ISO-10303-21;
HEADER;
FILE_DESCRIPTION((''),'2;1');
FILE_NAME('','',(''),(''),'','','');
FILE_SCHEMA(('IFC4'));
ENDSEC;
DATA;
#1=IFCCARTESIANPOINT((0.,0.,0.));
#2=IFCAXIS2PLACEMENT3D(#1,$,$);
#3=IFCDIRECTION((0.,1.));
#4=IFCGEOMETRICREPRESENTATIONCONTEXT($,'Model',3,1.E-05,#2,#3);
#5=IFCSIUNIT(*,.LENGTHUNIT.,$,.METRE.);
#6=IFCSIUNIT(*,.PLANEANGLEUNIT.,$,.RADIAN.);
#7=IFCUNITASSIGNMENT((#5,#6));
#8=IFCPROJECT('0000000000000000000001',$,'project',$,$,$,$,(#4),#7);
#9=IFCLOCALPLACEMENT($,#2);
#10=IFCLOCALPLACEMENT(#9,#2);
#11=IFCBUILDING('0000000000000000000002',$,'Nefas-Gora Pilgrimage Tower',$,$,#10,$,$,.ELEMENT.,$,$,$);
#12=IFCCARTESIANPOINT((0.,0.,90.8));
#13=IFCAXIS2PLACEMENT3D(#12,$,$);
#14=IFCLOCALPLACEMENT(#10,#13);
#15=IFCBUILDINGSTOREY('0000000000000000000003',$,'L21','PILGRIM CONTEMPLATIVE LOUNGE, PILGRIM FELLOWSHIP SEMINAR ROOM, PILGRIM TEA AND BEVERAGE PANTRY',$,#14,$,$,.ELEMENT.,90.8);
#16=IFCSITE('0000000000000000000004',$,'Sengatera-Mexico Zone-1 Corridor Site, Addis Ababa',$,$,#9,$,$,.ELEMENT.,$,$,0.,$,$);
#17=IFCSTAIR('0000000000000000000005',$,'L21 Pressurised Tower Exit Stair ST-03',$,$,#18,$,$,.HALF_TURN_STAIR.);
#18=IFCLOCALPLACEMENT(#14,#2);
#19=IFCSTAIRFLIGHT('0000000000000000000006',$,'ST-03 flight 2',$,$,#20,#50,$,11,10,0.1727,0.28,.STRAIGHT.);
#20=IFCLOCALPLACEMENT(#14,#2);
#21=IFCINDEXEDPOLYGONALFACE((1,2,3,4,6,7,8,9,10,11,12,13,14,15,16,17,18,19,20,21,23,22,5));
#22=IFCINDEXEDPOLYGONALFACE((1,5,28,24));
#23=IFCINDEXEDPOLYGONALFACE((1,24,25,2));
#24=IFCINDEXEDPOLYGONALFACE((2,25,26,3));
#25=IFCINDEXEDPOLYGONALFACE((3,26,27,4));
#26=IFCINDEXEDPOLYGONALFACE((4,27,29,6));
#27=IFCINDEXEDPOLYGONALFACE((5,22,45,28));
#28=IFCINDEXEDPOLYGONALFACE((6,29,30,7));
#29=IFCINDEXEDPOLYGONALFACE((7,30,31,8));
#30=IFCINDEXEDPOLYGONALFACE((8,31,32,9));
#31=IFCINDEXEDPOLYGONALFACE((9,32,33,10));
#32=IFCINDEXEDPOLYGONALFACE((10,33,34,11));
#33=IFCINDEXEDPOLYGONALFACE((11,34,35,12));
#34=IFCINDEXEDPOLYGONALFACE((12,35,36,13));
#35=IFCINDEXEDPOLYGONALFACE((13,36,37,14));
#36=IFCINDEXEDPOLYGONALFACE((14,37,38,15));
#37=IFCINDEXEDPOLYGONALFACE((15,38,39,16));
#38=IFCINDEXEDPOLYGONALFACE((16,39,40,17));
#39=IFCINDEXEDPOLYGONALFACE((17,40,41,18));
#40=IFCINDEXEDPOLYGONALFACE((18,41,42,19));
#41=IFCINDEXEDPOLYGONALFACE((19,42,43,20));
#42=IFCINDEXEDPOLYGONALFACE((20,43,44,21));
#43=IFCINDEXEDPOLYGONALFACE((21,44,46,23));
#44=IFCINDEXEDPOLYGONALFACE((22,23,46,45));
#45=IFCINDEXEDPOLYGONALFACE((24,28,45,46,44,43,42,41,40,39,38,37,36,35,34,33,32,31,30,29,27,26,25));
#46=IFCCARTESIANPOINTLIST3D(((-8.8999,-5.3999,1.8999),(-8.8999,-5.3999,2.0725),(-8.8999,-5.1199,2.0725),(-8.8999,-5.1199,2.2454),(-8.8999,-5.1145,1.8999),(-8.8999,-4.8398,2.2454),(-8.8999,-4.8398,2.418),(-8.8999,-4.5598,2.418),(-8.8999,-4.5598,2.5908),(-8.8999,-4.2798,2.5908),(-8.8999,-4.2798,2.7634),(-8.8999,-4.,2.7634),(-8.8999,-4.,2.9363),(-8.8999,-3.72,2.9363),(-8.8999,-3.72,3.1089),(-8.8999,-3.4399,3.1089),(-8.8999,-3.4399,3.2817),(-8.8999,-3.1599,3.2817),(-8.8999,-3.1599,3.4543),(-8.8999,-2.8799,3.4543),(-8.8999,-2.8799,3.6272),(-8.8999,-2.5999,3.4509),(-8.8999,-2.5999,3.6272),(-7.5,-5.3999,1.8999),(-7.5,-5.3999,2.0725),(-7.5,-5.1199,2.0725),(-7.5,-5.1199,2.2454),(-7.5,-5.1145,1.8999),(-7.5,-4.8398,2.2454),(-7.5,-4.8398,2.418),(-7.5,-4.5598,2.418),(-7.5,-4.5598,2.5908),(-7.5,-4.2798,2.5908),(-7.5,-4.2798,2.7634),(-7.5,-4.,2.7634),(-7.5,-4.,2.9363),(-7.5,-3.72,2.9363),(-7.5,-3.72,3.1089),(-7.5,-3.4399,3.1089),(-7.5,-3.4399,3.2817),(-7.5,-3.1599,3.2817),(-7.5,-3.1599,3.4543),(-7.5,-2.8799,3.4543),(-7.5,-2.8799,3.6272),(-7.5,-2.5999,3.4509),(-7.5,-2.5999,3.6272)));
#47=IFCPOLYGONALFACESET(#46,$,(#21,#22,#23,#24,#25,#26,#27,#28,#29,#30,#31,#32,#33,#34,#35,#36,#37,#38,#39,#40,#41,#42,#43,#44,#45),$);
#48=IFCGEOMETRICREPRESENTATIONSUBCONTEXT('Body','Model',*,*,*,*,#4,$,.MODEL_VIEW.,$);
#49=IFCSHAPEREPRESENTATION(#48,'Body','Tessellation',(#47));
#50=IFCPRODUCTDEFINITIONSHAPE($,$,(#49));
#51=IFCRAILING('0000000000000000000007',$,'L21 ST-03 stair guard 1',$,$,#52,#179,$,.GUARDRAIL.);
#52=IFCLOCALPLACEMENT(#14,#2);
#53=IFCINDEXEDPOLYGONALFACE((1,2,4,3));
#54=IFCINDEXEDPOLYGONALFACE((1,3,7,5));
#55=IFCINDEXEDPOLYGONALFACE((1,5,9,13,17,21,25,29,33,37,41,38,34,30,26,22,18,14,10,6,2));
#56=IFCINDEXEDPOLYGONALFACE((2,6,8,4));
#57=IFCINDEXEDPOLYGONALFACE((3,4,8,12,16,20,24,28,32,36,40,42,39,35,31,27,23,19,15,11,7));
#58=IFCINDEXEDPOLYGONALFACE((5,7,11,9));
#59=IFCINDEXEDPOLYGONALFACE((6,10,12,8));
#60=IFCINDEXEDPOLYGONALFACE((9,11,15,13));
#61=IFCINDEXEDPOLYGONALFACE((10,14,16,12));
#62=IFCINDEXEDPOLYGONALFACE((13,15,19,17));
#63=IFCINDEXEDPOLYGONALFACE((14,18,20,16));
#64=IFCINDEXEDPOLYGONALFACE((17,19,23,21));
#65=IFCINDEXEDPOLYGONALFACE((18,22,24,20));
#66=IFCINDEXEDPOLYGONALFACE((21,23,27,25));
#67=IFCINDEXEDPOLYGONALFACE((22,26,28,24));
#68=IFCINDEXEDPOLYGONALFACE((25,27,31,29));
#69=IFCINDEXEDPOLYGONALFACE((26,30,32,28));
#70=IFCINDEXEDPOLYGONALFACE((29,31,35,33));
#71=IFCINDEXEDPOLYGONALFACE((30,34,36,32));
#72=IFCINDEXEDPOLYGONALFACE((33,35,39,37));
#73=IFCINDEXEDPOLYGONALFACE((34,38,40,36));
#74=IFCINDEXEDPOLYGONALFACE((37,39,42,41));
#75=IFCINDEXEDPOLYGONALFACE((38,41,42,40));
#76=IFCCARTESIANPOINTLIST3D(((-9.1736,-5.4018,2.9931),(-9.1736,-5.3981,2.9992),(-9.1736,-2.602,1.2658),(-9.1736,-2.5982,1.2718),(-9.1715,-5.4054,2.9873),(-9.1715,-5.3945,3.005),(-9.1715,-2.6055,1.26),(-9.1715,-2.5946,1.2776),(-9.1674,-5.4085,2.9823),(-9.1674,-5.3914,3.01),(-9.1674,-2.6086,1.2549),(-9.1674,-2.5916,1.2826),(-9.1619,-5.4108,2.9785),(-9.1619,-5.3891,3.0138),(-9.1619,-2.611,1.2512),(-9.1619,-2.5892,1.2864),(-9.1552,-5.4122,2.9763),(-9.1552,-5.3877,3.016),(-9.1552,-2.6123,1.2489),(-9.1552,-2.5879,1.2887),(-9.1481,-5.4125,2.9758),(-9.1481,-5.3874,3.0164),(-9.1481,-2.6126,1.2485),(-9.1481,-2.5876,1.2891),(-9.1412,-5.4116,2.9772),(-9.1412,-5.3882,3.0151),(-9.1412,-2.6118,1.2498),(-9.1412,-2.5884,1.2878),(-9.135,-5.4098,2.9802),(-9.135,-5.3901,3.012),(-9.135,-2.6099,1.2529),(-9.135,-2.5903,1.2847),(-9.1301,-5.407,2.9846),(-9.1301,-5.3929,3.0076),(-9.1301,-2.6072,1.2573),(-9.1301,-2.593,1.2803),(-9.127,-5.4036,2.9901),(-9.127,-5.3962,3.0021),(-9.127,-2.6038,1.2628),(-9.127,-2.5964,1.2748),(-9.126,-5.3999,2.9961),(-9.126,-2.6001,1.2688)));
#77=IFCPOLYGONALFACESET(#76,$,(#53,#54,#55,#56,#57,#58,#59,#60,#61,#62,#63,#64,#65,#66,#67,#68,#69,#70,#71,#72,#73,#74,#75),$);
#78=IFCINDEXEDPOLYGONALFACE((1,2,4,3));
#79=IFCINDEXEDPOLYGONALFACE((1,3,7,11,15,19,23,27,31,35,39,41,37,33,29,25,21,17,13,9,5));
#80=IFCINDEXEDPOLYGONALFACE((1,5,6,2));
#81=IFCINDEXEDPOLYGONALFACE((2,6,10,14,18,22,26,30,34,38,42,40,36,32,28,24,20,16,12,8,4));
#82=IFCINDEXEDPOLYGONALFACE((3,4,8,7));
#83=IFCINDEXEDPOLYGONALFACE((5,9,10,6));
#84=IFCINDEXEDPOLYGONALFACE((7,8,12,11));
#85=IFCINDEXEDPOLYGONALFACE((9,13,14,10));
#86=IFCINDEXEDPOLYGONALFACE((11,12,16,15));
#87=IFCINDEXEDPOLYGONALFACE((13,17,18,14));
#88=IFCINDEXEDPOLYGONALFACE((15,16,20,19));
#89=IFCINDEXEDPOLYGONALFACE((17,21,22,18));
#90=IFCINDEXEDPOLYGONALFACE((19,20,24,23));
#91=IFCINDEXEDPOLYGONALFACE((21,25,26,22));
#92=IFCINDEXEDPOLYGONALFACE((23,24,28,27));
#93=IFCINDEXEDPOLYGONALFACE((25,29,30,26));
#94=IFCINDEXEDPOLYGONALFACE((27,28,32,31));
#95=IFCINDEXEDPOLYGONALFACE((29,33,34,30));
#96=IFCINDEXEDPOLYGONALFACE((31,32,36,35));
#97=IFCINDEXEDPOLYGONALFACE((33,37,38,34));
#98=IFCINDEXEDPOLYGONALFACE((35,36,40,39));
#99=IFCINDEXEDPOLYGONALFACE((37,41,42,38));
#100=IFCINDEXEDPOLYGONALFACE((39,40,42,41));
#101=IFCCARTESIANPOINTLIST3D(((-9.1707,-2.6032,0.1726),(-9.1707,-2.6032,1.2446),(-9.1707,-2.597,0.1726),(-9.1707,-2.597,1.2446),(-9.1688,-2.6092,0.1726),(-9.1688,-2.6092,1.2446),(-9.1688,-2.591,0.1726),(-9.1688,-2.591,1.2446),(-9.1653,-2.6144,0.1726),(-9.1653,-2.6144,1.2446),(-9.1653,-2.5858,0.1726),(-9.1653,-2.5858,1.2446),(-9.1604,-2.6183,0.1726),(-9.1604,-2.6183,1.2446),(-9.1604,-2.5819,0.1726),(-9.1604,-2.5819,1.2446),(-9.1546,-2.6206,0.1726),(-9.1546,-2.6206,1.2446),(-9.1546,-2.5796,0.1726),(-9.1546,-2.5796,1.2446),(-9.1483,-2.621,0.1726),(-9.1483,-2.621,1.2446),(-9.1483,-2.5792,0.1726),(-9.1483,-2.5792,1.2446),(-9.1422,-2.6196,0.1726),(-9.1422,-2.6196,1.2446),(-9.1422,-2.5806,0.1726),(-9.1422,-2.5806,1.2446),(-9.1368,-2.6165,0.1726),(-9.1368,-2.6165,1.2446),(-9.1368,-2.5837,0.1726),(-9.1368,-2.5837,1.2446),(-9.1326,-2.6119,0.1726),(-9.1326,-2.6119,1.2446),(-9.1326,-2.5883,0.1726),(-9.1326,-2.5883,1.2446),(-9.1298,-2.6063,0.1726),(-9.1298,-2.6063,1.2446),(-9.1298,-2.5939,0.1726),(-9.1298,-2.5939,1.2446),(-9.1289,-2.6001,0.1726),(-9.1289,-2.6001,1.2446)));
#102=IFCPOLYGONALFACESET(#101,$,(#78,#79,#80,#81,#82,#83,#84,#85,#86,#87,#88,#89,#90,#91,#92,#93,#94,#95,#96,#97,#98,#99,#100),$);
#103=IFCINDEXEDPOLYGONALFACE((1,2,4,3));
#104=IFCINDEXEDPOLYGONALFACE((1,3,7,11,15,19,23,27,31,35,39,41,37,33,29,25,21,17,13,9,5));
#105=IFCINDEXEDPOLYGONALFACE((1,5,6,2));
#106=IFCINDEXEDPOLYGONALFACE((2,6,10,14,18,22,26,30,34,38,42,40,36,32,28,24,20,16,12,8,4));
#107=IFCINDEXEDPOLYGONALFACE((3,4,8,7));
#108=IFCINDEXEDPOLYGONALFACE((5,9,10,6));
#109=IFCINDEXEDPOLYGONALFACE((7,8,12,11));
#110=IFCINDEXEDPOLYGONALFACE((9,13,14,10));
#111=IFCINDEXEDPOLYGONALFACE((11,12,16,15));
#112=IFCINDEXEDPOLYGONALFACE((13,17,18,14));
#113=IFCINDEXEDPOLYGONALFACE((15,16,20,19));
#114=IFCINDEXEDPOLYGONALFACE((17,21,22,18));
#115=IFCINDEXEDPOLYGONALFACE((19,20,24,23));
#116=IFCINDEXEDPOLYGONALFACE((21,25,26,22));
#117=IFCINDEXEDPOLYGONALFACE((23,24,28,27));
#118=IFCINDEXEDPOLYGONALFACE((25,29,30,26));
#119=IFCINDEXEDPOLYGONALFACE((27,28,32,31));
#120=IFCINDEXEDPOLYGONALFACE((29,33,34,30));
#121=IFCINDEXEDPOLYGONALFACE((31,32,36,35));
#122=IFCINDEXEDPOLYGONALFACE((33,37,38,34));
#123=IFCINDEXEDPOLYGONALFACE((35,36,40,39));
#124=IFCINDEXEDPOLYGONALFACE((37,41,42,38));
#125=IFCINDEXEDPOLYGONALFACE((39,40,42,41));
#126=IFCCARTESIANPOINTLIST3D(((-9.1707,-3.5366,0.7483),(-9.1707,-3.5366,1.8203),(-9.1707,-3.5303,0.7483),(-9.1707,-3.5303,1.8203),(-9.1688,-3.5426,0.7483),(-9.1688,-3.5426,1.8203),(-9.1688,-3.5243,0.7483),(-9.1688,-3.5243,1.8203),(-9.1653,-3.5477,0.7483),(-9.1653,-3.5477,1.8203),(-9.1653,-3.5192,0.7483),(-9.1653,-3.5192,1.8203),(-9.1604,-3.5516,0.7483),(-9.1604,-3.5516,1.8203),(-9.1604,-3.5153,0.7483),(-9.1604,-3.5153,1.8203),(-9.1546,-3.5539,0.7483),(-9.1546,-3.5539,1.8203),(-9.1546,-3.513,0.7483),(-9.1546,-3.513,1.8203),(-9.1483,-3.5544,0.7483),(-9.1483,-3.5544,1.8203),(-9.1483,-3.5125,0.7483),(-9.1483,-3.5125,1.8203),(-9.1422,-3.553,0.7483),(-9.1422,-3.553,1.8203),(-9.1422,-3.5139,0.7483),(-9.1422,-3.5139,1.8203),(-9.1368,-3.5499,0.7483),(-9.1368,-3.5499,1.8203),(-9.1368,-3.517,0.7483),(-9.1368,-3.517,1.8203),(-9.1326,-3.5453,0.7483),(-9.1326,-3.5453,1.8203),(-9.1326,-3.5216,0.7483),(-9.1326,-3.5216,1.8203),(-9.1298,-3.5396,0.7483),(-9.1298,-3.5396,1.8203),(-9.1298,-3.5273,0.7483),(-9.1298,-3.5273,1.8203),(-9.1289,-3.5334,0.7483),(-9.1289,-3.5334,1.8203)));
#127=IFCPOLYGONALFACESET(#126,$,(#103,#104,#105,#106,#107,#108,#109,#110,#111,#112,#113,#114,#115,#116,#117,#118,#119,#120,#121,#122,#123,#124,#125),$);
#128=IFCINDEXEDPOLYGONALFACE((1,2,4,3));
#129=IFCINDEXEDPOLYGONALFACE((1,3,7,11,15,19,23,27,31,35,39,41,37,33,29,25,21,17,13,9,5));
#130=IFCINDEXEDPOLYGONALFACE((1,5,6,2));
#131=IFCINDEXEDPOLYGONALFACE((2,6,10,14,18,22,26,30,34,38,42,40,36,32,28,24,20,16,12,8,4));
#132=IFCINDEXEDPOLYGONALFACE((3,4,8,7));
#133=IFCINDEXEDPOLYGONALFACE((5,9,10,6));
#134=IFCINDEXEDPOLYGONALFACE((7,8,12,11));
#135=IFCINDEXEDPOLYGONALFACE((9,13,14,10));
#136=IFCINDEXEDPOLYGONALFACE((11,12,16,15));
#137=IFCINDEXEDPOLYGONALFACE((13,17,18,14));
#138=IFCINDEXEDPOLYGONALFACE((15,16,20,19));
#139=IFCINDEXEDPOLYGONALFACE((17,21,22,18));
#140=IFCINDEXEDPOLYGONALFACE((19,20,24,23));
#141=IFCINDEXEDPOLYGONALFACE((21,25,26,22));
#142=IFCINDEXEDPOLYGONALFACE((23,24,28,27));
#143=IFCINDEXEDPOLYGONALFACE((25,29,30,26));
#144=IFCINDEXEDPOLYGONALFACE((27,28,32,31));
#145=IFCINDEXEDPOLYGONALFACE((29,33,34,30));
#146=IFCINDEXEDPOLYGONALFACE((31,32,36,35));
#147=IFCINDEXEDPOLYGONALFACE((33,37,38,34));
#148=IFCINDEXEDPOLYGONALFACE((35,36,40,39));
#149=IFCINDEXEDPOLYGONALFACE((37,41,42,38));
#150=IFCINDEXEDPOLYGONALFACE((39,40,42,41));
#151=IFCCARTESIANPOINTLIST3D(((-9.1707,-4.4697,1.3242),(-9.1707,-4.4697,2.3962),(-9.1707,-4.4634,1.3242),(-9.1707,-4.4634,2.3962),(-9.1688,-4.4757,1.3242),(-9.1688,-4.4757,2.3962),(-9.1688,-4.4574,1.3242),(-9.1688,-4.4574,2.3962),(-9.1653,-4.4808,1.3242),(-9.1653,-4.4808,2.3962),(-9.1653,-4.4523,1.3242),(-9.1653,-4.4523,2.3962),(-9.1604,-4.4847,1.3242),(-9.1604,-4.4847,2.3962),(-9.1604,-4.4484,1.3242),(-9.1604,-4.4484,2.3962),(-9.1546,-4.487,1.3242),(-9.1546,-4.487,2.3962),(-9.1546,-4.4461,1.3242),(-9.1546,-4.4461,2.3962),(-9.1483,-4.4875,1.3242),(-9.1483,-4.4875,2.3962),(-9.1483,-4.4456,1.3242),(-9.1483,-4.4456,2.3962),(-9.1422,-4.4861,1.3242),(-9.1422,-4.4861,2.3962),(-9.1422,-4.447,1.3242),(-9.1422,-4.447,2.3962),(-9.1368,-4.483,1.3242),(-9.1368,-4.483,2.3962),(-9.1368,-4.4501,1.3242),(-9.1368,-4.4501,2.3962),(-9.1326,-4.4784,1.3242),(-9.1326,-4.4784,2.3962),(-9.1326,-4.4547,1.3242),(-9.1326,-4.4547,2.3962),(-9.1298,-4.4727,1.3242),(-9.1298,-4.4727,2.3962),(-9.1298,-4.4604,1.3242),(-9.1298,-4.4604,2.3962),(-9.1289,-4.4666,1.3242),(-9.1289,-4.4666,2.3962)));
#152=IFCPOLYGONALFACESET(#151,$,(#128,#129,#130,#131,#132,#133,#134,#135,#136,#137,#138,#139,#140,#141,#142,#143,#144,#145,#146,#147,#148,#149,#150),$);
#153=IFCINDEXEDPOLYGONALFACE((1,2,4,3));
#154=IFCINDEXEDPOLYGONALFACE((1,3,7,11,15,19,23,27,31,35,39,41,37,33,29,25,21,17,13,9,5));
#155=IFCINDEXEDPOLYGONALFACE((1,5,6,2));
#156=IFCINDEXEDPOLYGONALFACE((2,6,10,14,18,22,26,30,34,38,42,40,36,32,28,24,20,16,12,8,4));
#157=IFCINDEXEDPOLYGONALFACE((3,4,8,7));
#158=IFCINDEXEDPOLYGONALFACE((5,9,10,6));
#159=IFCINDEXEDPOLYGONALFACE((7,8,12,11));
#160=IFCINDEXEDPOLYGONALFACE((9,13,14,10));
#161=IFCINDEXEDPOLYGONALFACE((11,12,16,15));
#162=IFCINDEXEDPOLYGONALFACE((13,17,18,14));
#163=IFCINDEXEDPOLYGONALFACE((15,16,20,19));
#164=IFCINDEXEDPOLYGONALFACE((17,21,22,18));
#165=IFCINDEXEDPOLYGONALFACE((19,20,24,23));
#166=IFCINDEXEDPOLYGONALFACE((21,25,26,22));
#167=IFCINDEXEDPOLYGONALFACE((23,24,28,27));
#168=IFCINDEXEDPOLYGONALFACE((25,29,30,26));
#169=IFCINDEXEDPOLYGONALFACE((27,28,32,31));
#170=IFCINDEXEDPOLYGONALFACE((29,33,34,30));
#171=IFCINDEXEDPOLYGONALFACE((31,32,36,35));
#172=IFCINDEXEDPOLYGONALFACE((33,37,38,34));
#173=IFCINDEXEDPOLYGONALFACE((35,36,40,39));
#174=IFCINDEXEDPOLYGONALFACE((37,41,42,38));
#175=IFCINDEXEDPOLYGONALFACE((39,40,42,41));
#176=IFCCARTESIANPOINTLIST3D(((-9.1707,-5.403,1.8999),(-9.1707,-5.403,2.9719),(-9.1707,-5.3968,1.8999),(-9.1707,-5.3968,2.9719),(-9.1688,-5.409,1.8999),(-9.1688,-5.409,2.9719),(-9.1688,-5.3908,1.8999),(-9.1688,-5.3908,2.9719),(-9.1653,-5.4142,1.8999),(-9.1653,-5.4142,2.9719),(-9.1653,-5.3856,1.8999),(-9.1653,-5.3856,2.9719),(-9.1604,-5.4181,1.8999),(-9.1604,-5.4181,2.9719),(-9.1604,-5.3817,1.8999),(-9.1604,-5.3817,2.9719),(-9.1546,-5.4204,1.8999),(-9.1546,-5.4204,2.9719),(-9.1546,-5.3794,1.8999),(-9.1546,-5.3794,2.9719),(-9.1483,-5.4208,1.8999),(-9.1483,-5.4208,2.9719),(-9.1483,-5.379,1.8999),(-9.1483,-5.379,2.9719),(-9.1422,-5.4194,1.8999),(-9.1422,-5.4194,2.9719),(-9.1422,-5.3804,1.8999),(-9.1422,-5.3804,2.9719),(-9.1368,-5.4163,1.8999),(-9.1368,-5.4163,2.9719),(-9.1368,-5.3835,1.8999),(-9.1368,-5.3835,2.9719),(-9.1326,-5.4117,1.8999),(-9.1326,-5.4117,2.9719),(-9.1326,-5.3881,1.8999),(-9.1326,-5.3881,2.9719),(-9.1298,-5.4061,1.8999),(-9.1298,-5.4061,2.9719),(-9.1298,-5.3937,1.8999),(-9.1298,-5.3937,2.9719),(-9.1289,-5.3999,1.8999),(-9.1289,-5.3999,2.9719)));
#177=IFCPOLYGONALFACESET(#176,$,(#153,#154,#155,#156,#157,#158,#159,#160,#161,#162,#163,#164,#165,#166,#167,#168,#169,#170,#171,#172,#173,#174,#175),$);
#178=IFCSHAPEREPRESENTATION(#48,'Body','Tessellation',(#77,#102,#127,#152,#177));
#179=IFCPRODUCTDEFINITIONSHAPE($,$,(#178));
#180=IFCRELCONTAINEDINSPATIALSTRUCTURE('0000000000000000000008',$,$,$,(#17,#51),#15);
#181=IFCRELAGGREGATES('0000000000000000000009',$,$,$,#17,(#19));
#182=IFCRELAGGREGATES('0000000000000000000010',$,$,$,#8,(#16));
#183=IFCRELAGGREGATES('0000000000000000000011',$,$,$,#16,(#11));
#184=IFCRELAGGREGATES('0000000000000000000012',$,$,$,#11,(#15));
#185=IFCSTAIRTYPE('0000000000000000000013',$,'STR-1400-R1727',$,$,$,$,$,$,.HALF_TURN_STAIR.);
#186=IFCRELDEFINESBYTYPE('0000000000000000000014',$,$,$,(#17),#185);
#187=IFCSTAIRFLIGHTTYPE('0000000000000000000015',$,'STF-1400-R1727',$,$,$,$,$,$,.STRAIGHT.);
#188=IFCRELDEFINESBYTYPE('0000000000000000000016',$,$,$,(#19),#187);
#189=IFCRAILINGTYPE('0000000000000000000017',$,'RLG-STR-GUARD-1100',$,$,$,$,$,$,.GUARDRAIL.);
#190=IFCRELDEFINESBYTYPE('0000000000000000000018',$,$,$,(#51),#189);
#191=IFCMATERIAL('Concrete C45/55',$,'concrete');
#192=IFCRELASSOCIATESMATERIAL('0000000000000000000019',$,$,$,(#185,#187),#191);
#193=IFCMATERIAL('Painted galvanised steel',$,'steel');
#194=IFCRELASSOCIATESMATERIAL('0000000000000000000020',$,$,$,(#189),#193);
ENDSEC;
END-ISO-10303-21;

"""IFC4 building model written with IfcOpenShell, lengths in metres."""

from ifc_helpers import new_model, si_unit, direction, frame, origin, origin_2d, place, context, subcontext, project, spatial, polyline, circle, outline, extrude, source, transform, mapped, material, type_object, element, aggregate, save


model = new_model("IFC4")

# Units and contexts
model_context = context("Model", 3, precision=1e-05, world=origin(), true_north=direction((0.0, 1.0)))
body_context = subcontext(model_context, "Body", "Model", "MODEL_VIEW")
ifc_project = project(units=[si_unit("LENGTHUNIT", "METRE"), si_unit("PLANEANGLEUNIT", "RADIAN")], contexts=[model_context])

# Site, building, storey
site_placement = place(None, origin())
site = spatial("IfcSite", under=ifc_project, at=site_placement, Name="Sengatera-Mexico Zone-1 Corridor Site, Addis Ababa", CompositionType="ELEMENT", RefElevation=0.0)
building_placement = place(site_placement, origin())
building = spatial("IfcBuilding", under=site, at=building_placement, Name="Nefas-Gora Pilgrimage Tower", CompositionType="ELEMENT")
storey_placement = place(building_placement, frame((0.0, 0.0, 90.8)))
storey = spatial("IfcBuildingStorey", under=building, at=storey_placement, Name="L21", Description="PILGRIM CONTEMPLATIVE LOUNGE, PILGRIM FELLOWSHIP SEMINAR ROOM, PILGRIM TEA AND BEVERAGE PANTRY", CompositionType="ELEMENT", Elevation=90.8)

# Shared definitions
ifc_material_1 = material(Name="Concrete C45/55", Category="concrete")

# Stair, stair flight
stair_type = type_object("IfcStairType", Name="STR-1400-R1727", PredefinedType="HALF_TURN_STAIR", material=ifc_material_1)
stair_placement = place(storey_placement, origin())
stair = element("IfcStair", 1, at=stair_placement, inside=storey, type_object=stair_type, Name="L21 Pressurised Tower Exit Stair ST-03", PredefinedType="HALF_TURN_STAIR")
stair_flight_type = type_object("IfcStairFlightType", Name="STF-1400-R1727", PredefinedType="STRAIGHT", material=ifc_material_1)
shared_shape_1 = source(origin(), body_context, "Body", "SweptSolid", [
    extrude(outline(polyline([(0.0, 0.0), (0.0, 0.1726), (0.28, 0.1726), (0.28, 0.3455), (0.5601, 0.3455), (0.5601, 0.5181), (0.8401, 0.5181), (0.8401, 0.6909), (1.1201, 0.6909), (1.1201, 0.8635), (1.3999, 0.8635), (1.3999, 1.0364), (1.6799, 1.0364), (1.6799, 1.209), (1.96, 1.209), (1.96, 1.3818), (2.24, 1.3818), (2.24, 1.5544), (2.52, 1.5544), (2.52, 1.7273), (2.8, 1.7273), (2.8, 1.8999), (2.8, 1.551), (0.2854, 0.0), (0.0, 0.0)])), frame((0.0, 0.7, 0.0), z_axis=(0.0, -1.0, 0.0), x_axis=(1.0, 0.0, 0.0)), (0.0, 0.0, 1.0), 1.3999),
])
stair_flight_1_placement = place(storey_placement, frame((-8.2, -5.3999, 1.8999), z_axis=(0.0, 0.0, 1.0), x_axis=(0.0, 1.0, 0.0)))
stair_flight_1 = element("IfcStairFlight", 2, at=stair_flight_1_placement, type_object=stair_flight_type, Name="ST-03 flight 2", NumberOfRisers=11, NumberOfTreads=10, PredefinedType="STRAIGHT", RiserHeight=0.1727, TreadLength=0.28, context=body_context, shape_type="MappedRepresentation", body=[
    mapped(shared_shape_1, transform((0.0, 0.0, 0.0), x_axis=(1.0, 0.0, 0.0), y_axis=(0.0, 1.0, 0.0), z_axis=(0.0, 0.0, 1.0), scale=1.0)),
])
aggregate(stair, [stair_flight_1])

# Railing
ifc_material_2 = material(Name="Painted galvanised steel", Category="steel")
railing_type_1 = type_object("IfcRailingType", Name="RLG-STR-GUARD-1100", PredefinedType="GUARDRAIL", material=ifc_material_2)
railing_1_placement = place(storey_placement, frame((-9.1499, -2.6001, 0.1726)))
element("IfcRailing", 3, at=railing_1_placement, inside=storey, type_object=railing_type_1, Name="L21 ST-03 stair guard 1", PredefinedType="GUARDRAIL", context=body_context, shape_type="SweptSolid", body=[
    extrude(circle(Radius=0.0239, at=origin_2d()), frame((0.0, 0.0, 1.0962), z_axis=(0.0, -0.851069, 0.525054), x_axis=(1.0, 0.0, 0.0)), (0.0, 0.0, 1.0), 3.2898),
    extrude(circle(Radius=0.021, at=origin_2d()), origin(), (0.0, 0.0, 1.0), 1.072),
    extrude(circle(Radius=0.021, at=origin_2d()), frame((0.0, -0.9333, 0.5757)), (0.0, 0.0, 1.0), 1.072),
    extrude(circle(Radius=0.021, at=origin_2d()), frame((0.0, -1.8665, 1.1516)), (0.0, 0.0, 1.0), 1.072),
    extrude(circle(Radius=0.021, at=origin_2d()), frame((0.0, -2.7998, 1.7273)), (0.0, 0.0, 1.0), 1.072),
])

save(model, "model.ifc")
